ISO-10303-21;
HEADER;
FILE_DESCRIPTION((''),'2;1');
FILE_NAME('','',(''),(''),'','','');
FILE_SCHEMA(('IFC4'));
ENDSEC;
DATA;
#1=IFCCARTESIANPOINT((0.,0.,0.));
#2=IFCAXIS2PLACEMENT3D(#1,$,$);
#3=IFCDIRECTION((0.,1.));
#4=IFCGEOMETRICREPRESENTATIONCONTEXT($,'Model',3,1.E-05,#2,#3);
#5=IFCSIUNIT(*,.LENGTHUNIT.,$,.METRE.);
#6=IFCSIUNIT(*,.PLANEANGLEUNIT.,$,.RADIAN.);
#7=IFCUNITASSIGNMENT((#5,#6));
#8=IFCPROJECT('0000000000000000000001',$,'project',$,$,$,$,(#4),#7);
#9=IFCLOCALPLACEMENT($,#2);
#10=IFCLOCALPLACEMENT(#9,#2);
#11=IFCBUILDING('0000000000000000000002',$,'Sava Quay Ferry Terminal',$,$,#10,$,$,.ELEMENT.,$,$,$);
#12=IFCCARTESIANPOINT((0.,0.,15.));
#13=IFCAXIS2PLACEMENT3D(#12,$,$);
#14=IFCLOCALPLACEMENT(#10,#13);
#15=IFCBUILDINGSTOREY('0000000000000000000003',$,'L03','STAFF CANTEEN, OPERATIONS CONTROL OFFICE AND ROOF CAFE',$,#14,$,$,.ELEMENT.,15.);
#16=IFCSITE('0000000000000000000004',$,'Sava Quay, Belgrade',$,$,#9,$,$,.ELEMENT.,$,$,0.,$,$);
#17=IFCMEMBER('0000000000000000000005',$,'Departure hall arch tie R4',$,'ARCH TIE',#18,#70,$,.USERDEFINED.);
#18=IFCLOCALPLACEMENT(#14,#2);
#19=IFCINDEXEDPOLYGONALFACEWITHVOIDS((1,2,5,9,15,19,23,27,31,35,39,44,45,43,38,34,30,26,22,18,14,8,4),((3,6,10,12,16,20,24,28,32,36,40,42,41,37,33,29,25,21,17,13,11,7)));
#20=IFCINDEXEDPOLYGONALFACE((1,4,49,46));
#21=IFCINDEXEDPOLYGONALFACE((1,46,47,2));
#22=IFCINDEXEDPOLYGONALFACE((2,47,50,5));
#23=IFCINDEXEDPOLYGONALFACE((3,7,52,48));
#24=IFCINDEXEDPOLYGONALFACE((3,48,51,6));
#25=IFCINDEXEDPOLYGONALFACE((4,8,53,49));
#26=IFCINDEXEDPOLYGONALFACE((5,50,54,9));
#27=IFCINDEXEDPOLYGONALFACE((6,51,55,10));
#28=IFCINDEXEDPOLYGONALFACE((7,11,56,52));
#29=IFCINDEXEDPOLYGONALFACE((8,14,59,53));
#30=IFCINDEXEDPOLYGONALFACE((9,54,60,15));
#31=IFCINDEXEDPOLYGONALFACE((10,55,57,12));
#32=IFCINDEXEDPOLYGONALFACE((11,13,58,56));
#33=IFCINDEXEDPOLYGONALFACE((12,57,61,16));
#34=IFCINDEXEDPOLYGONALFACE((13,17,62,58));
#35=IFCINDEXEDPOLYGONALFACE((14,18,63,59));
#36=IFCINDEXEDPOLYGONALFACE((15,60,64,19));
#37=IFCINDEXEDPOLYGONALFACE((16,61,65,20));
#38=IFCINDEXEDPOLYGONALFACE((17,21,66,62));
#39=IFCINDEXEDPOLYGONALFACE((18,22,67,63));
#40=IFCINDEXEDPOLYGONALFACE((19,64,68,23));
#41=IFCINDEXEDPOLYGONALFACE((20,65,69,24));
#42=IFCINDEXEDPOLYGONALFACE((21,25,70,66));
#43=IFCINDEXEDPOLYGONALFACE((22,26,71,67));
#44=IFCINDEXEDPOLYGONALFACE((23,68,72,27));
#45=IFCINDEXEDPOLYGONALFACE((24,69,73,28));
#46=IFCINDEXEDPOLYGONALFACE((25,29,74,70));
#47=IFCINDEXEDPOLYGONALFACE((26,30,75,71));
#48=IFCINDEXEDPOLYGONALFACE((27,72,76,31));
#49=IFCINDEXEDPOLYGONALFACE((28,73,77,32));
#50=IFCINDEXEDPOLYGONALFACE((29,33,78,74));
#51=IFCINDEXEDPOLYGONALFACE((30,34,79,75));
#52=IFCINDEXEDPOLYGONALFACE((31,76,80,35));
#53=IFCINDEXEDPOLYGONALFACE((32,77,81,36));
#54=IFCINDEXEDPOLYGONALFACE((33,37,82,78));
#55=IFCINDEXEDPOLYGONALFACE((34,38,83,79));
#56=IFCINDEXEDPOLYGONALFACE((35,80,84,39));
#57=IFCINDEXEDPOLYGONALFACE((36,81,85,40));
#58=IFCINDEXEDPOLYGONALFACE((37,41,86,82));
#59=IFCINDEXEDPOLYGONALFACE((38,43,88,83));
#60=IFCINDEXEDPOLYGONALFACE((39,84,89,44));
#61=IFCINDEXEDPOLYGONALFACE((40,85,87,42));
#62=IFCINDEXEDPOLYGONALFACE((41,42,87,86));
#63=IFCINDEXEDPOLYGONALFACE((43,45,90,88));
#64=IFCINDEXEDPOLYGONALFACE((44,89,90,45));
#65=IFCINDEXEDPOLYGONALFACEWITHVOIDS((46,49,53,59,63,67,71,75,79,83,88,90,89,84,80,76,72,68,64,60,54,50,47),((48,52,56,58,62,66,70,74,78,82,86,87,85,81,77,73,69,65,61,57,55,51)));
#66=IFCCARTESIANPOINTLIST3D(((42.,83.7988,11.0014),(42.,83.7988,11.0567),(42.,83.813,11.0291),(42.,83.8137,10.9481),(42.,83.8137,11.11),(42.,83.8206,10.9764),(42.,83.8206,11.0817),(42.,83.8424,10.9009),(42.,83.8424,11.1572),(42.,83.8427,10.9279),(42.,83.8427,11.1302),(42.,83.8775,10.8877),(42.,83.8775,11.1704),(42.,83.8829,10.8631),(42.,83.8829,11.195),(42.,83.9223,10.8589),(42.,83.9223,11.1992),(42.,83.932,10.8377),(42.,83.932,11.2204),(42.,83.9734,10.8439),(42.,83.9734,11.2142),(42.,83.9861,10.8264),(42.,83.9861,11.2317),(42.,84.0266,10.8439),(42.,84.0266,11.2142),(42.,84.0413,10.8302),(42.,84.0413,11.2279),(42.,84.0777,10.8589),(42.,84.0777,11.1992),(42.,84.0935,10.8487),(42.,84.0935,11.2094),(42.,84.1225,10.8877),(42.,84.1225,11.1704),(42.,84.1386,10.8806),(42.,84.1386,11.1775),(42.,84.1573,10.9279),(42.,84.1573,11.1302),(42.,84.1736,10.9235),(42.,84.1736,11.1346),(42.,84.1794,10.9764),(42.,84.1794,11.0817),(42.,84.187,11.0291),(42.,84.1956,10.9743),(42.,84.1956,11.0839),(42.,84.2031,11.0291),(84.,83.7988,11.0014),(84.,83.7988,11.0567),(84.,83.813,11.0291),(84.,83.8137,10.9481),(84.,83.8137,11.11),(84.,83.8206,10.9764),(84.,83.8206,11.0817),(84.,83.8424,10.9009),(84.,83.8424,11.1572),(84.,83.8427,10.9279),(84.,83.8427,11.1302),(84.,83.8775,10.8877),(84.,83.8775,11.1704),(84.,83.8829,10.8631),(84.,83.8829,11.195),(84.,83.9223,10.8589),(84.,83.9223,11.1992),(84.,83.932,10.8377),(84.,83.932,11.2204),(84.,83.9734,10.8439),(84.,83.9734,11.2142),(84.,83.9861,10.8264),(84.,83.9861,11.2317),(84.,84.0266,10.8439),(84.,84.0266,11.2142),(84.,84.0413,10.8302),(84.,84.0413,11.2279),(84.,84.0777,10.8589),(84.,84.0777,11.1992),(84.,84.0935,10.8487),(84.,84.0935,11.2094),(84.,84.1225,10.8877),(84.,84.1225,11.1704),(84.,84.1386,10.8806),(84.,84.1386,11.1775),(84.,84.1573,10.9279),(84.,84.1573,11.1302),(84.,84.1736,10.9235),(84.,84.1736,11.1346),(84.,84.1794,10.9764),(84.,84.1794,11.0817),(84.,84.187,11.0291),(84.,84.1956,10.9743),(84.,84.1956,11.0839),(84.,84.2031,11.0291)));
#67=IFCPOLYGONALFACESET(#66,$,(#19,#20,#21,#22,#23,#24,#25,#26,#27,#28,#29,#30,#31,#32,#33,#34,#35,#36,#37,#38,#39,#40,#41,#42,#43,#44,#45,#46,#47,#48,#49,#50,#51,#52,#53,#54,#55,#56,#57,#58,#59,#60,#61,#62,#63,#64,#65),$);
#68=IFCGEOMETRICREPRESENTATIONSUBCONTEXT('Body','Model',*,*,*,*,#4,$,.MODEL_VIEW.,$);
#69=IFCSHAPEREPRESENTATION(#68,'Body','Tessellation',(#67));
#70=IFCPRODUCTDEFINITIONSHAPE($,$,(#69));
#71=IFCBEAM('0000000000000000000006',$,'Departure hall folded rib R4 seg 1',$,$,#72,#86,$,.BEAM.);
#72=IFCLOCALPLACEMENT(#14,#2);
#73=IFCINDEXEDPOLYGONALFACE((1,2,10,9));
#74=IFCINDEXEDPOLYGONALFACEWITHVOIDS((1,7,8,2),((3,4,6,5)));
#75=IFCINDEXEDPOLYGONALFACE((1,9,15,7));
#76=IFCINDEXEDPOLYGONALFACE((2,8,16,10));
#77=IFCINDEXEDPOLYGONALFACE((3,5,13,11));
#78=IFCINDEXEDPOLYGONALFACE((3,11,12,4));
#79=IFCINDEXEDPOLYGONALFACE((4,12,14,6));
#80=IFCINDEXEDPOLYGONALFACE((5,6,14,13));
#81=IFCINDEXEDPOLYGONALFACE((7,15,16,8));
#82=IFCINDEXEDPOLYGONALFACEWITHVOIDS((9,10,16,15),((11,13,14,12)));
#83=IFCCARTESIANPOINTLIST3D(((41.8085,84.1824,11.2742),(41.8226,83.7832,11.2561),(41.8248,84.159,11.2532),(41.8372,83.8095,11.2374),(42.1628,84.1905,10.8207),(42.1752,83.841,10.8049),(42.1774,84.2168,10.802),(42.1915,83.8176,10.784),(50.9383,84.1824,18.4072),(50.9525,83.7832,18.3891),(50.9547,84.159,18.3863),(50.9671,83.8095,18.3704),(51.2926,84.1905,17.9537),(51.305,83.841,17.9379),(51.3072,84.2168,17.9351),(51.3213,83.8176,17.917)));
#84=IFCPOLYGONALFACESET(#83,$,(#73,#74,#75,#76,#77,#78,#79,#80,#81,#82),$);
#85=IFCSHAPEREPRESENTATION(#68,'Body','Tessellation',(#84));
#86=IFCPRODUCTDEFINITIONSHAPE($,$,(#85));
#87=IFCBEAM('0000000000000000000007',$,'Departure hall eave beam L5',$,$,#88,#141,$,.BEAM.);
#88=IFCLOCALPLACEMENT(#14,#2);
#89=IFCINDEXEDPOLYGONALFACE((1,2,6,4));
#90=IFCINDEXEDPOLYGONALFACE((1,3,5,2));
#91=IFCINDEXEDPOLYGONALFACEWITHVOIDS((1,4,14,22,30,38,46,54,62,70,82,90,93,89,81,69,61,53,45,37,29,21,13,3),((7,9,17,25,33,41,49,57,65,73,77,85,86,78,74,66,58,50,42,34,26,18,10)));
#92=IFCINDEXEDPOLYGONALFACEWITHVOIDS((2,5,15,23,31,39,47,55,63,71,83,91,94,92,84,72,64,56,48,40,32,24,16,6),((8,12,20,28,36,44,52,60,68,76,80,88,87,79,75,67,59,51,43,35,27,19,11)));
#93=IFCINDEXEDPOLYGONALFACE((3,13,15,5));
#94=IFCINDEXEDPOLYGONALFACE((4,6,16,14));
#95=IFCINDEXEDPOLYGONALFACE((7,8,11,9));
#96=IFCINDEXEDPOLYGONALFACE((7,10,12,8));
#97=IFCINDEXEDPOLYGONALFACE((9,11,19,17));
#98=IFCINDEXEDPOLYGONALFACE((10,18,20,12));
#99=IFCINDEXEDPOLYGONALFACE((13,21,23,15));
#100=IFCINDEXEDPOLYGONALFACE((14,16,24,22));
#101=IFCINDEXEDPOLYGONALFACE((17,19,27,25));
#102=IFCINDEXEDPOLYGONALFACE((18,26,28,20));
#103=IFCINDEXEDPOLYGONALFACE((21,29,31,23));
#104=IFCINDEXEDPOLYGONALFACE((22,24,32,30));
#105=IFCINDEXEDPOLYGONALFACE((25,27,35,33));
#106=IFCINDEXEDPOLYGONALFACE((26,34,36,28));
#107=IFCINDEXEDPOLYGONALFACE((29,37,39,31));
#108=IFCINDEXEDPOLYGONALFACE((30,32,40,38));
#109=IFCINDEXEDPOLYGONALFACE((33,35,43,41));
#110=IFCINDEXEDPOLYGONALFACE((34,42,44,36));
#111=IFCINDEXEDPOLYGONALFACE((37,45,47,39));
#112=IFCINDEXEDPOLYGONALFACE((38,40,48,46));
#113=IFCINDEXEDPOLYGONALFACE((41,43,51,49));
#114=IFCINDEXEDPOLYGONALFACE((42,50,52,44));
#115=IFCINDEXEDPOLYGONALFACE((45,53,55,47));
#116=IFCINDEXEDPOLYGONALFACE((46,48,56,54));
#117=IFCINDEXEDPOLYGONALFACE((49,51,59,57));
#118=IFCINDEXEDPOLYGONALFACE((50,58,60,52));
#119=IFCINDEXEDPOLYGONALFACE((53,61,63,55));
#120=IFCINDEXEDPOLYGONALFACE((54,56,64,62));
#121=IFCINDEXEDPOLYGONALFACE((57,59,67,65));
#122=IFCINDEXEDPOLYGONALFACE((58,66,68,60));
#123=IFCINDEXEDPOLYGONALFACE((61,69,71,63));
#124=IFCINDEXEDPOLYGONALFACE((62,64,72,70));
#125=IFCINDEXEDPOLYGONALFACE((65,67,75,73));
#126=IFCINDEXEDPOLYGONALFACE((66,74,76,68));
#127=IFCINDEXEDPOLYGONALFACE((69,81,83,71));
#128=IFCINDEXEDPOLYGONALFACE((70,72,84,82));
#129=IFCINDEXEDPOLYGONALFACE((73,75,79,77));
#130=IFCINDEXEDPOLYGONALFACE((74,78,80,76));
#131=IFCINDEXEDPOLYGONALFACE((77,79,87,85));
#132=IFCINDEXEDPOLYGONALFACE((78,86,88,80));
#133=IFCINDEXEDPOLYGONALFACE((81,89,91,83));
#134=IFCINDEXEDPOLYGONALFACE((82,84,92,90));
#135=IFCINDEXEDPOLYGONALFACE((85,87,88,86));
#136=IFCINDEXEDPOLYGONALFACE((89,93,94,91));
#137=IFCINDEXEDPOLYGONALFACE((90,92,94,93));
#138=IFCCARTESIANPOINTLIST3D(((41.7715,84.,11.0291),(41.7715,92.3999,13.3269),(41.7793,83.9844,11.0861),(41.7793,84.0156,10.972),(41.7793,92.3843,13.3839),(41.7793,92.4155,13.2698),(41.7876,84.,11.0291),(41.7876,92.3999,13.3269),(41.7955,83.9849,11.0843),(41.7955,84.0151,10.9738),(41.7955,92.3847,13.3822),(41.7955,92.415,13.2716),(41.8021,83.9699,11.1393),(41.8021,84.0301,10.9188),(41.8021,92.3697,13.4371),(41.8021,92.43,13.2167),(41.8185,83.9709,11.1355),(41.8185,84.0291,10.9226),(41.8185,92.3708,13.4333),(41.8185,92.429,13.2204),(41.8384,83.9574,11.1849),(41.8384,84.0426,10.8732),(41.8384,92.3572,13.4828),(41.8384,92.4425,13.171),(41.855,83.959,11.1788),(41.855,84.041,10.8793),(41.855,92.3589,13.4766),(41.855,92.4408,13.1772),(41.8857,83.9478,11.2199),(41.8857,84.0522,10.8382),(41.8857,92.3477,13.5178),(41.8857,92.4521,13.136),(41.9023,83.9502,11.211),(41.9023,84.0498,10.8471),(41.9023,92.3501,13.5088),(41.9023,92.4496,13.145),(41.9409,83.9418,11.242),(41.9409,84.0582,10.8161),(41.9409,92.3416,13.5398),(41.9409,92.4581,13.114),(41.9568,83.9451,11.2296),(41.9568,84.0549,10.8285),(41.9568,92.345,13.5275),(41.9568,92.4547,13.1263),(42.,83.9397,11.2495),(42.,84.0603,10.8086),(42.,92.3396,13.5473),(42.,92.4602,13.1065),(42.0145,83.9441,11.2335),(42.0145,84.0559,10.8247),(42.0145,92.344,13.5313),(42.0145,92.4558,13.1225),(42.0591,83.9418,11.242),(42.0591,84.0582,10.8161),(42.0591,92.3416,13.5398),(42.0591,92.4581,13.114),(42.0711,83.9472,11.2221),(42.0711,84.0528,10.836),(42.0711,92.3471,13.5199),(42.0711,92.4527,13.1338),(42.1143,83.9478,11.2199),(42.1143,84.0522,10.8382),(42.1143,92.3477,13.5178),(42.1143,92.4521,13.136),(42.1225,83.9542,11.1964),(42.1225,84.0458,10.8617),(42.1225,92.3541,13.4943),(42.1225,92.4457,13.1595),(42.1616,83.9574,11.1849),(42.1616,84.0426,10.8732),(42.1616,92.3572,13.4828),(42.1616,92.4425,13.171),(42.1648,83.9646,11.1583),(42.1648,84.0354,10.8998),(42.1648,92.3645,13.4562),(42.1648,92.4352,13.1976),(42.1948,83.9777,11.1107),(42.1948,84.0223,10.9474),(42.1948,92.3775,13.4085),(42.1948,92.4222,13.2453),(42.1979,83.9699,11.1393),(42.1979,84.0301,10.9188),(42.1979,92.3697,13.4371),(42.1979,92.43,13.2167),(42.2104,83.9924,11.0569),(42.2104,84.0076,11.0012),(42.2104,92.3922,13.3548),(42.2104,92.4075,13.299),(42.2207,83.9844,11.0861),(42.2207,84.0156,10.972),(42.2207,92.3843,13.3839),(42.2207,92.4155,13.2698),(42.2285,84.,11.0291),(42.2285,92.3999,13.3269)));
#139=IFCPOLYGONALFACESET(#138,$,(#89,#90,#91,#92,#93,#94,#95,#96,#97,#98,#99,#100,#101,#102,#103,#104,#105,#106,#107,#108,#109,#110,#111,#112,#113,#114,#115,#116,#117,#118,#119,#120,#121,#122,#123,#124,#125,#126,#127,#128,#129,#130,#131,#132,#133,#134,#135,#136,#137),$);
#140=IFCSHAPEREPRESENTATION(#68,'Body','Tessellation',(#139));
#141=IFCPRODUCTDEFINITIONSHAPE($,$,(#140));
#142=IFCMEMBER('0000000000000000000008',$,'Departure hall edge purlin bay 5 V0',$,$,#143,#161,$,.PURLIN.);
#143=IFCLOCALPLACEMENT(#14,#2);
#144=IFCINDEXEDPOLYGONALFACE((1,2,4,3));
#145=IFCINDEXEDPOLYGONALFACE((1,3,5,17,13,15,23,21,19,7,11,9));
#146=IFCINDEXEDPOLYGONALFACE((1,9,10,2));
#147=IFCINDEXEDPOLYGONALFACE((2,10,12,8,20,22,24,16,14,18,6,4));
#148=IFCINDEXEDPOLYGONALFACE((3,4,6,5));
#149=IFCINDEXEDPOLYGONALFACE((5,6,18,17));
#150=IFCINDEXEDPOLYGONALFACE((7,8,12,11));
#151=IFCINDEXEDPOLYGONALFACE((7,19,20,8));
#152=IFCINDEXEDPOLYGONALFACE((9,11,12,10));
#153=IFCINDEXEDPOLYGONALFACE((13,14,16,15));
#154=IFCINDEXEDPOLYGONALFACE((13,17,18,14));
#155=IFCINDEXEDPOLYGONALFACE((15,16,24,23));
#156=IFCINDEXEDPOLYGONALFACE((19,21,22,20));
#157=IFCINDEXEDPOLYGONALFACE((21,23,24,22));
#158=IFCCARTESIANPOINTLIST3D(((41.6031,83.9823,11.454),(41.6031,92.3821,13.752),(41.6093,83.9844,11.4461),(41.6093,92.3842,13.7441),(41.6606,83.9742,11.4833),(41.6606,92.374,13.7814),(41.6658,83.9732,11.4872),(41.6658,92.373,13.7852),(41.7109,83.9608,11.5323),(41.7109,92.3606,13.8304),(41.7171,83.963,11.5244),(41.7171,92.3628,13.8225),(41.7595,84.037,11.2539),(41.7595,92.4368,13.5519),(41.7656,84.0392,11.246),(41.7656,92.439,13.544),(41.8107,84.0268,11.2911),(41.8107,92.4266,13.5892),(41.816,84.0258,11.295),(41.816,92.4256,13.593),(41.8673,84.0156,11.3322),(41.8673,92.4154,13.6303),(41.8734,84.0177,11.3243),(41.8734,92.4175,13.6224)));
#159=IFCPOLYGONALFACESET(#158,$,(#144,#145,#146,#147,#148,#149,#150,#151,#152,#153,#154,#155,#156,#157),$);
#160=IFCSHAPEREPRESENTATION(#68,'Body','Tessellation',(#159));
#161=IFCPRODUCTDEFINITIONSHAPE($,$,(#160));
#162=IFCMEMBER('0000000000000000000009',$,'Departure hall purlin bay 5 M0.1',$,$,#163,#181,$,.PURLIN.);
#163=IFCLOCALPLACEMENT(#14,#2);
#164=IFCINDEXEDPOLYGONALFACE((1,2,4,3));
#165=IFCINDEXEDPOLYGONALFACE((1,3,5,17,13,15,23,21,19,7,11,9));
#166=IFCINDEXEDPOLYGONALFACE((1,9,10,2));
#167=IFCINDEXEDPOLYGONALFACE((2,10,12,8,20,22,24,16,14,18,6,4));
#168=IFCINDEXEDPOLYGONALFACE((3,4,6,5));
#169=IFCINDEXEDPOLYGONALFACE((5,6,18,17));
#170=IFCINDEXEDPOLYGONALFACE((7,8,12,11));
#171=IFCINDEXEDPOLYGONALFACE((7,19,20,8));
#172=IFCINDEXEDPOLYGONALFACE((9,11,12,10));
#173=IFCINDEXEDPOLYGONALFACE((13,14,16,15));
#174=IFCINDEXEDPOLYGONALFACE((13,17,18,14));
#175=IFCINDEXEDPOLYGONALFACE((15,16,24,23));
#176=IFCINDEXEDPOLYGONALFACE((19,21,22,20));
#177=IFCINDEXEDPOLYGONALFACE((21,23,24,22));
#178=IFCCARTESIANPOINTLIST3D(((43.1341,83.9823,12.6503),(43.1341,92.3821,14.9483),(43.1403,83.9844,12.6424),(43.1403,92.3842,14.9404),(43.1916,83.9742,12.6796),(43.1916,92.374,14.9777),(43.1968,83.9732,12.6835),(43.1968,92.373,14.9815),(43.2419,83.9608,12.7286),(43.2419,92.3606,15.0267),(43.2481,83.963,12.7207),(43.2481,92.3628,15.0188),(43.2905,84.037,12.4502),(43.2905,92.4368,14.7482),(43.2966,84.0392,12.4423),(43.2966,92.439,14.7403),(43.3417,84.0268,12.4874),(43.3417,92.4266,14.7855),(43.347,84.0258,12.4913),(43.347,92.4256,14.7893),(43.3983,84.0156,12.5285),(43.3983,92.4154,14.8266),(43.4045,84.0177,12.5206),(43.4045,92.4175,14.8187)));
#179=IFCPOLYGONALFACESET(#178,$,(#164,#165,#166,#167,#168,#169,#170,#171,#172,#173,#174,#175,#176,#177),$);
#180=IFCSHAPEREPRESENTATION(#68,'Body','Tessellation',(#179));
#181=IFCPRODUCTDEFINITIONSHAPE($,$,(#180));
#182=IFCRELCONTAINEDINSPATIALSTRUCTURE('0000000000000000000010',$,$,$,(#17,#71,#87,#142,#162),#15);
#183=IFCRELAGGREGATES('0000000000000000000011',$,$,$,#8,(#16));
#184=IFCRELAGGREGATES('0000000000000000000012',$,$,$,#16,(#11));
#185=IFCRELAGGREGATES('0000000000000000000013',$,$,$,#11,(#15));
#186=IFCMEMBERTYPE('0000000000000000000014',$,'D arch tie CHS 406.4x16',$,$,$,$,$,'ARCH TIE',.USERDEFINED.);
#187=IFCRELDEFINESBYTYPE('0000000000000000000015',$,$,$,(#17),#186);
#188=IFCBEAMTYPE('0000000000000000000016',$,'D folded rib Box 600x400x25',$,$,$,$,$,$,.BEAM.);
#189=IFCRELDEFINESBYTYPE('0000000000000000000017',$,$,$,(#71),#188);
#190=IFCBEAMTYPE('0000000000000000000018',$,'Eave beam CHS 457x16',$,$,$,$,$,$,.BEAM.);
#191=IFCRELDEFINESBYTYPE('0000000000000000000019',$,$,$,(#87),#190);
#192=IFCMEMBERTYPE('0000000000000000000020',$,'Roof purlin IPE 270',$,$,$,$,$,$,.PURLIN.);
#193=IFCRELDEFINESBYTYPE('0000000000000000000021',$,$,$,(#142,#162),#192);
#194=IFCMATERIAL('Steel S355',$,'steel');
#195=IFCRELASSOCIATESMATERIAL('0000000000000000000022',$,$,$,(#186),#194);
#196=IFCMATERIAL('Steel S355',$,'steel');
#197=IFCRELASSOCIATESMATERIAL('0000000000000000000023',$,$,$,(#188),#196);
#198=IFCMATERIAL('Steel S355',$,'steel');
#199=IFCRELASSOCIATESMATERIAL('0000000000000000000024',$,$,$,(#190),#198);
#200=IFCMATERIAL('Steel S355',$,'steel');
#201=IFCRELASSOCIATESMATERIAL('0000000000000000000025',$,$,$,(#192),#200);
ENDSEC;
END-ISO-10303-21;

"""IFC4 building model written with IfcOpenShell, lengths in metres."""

from ifc_helpers import new_model, si_unit, direction, frame, origin, origin_2d, place, context, subcontext, project, spatial, polyline, hollow_circle, i_section, outline, extrude, material, material_profile, profile_set, type_object, element, save


model = new_model("IFC4")

# Units and contexts
model_context = context("Model", 3, precision=1e-05, world=origin(), true_north=direction((0.0, 1.0)))
body_context = subcontext(model_context, "Body", "Model", "MODEL_VIEW")
ifc_project = project(units=[si_unit("LENGTHUNIT", "METRE"), si_unit("PLANEANGLEUNIT", "RADIAN")], contexts=[model_context])

# Site, building, storey
site_placement = place(None, origin())
site = spatial("IfcSite", under=ifc_project, at=site_placement, Name="Sava Quay, Belgrade", CompositionType="ELEMENT", RefElevation=0.0)
building_placement = place(site_placement, origin())
building = spatial("IfcBuilding", under=site, at=building_placement, Name="Sava Quay Ferry Terminal", CompositionType="ELEMENT")
storey_placement = place(building_placement, frame((0.0, 0.0, 15.0)))
storey = spatial("IfcBuildingStorey", under=building, at=storey_placement, Name="L03", Description="STAFF CANTEEN, OPERATIONS CONTROL OFFICE AND ROOF CAFE", CompositionType="ELEMENT", Elevation=15.0)

# Member
ifc_material_1 = material(Name="Steel S355", Category="steel")
ifc_material_profile_1 = material_profile(ifc_material_1, hollow_circle(Radius=0.2031, WallThickness=0.0161, at=origin_2d()), Name="CHS 406.4 x 16.0")
ifc_profile_set_1 = profile_set([ifc_material_profile_1], Name="Steel S355")
member_type_1 = type_object("IfcMemberType", Name="D arch tie CHS 406.4x16", ElementType="ARCH TIE", PredefinedType="USERDEFINED", material=ifc_profile_set_1)
member_1_placement = place(storey_placement, frame((42.0, 84.0, 11.0291), z_axis=(1.0, 0.0, 0.0), x_axis=(0.0, 1.0, 0.0)))
element("IfcMember", 1, at=member_1_placement, inside=storey, type_object=member_type_1, Name="Departure hall arch tie R4", ObjectType="ARCH TIE", PredefinedType="USERDEFINED", context=body_context, shape_type="SweptSolid", body=[
    extrude(hollow_circle(Radius=0.2031, WallThickness=0.0161, at=origin_2d()), origin(), (0.0, 0.0, 1.0), 42.0),
])

# Beams
ifc_material_2 = material(Name="Steel S355", Category="steel")
ifc_material_profile_2 = material_profile(ifc_material_2, outline(polyline([(-0.2, -0.3), (0.2, -0.3), (0.2, 0.3), (-0.2, 0.3), (-0.2, -0.3)]), holes=[polyline([(-0.175, -0.2749), (-0.175, 0.2749), (0.175, 0.2749), (0.175, -0.2749), (-0.175, -0.2749)])]), Name="Box 600x400x25 built-up")
ifc_profile_set_2 = profile_set([ifc_material_profile_2], Name="Steel S355")
beam_type_1 = type_object("IfcBeamType", Name="D folded rib Box 600x400x25", PredefinedType="BEAM", material=ifc_profile_set_2)
beam_1_placement = place(storey_placement, frame((42.0, 84.0, 11.0291), z_axis=(0.78801, 0.0, 0.615662), x_axis=(-0.035346, 0.998351, 0.045241)))
element("IfcBeam", 2, at=beam_1_placement, inside=storey, type_object=beam_type_1, Name="Departure hall folded rib R4 seg 1", PredefinedType="BEAM", context=body_context, shape_type="SweptSolid", body=[
    extrude(outline(polyline([(-0.2, -0.3), (0.2, -0.3), (0.2, 0.3), (-0.2, 0.3), (-0.2, -0.3)]), holes=[polyline([(-0.175, -0.2749), (-0.175, 0.2749), (0.175, 0.2749), (0.175, -0.2749), (-0.175, -0.2749)])]), origin(), (0.0, 0.0, 1.0), 11.5859),
])
ifc_material_3 = material(Name="Steel S355", Category="steel")
ifc_material_profile_3 = material_profile(ifc_material_3, hollow_circle(Radius=0.2285, WallThickness=0.0161, at=origin_2d()), Name="CHS 457 x 16.0")
ifc_profile_set_3 = profile_set([ifc_material_profile_3], Name="Steel S355")
beam_type_2 = type_object("IfcBeamType", Name="Eave beam CHS 457x16", PredefinedType="BEAM", material=ifc_profile_set_3)
beam_2_placement = place(storey_placement, frame((42.0, 84.0, 11.0291), z_axis=(0.0, 0.96456, 0.263862), x_axis=(-1.0, 0.0, 0.0)))
element("IfcBeam", 3, at=beam_2_placement, inside=storey, type_object=beam_type_2, Name="Departure hall eave beam L5", PredefinedType="BEAM", context=body_context, shape_type="SweptSolid", body=[
    extrude(hollow_circle(Radius=0.2285, WallThickness=0.0161, at=origin_2d()), origin(), (0.0, 0.0, 1.0), 8.7085),
])

# Members
ifc_material_4 = material(Name="Steel S355", Category="steel")
ifc_material_profile_4 = material_profile(ifc_material_4, i_section(OverallWidth=0.135, OverallDepth=0.27, WebThickness=0.0066, FlangeThickness=0.0103, at=origin_2d()), Name="IPE 270")
ifc_profile_set_4 = profile_set([ifc_material_profile_4], Name="Steel S355")
member_type_2 = type_object("IfcMemberType", Name="Roof purlin IPE 270", PredefinedType="PURLIN", material=ifc_profile_set_4)
for number, where, z_axis, x_axis, name in (
    (4, (41.7383, 84.0, 11.3892), (0.0, 0.964553, 0.263888), (-0.79862, 0.158817, -0.580502), "Departure hall edge purlin bay 5 V0"),
    (5, (43.2693, 84.0, 12.5854), (0.0, 0.964553, 0.263888), (-0.79862, 0.158817, -0.580502), "Departure hall purlin bay 5 M0.1"),
):
    element("IfcMember", number, at=place(storey_placement, frame(where, z_axis=z_axis, x_axis=x_axis)), inside=storey, type_object=member_type_2, Name=name, PredefinedType="PURLIN", context=body_context, shape_type="SweptSolid", body=[
        extrude(i_section(OverallWidth=0.135, OverallDepth=0.27, WebThickness=0.0066, FlangeThickness=0.0103, at=origin_2d()), origin(), (0.0, 0.0, 1.0), 8.7085),
    ])

save(model, "model.ifc")
